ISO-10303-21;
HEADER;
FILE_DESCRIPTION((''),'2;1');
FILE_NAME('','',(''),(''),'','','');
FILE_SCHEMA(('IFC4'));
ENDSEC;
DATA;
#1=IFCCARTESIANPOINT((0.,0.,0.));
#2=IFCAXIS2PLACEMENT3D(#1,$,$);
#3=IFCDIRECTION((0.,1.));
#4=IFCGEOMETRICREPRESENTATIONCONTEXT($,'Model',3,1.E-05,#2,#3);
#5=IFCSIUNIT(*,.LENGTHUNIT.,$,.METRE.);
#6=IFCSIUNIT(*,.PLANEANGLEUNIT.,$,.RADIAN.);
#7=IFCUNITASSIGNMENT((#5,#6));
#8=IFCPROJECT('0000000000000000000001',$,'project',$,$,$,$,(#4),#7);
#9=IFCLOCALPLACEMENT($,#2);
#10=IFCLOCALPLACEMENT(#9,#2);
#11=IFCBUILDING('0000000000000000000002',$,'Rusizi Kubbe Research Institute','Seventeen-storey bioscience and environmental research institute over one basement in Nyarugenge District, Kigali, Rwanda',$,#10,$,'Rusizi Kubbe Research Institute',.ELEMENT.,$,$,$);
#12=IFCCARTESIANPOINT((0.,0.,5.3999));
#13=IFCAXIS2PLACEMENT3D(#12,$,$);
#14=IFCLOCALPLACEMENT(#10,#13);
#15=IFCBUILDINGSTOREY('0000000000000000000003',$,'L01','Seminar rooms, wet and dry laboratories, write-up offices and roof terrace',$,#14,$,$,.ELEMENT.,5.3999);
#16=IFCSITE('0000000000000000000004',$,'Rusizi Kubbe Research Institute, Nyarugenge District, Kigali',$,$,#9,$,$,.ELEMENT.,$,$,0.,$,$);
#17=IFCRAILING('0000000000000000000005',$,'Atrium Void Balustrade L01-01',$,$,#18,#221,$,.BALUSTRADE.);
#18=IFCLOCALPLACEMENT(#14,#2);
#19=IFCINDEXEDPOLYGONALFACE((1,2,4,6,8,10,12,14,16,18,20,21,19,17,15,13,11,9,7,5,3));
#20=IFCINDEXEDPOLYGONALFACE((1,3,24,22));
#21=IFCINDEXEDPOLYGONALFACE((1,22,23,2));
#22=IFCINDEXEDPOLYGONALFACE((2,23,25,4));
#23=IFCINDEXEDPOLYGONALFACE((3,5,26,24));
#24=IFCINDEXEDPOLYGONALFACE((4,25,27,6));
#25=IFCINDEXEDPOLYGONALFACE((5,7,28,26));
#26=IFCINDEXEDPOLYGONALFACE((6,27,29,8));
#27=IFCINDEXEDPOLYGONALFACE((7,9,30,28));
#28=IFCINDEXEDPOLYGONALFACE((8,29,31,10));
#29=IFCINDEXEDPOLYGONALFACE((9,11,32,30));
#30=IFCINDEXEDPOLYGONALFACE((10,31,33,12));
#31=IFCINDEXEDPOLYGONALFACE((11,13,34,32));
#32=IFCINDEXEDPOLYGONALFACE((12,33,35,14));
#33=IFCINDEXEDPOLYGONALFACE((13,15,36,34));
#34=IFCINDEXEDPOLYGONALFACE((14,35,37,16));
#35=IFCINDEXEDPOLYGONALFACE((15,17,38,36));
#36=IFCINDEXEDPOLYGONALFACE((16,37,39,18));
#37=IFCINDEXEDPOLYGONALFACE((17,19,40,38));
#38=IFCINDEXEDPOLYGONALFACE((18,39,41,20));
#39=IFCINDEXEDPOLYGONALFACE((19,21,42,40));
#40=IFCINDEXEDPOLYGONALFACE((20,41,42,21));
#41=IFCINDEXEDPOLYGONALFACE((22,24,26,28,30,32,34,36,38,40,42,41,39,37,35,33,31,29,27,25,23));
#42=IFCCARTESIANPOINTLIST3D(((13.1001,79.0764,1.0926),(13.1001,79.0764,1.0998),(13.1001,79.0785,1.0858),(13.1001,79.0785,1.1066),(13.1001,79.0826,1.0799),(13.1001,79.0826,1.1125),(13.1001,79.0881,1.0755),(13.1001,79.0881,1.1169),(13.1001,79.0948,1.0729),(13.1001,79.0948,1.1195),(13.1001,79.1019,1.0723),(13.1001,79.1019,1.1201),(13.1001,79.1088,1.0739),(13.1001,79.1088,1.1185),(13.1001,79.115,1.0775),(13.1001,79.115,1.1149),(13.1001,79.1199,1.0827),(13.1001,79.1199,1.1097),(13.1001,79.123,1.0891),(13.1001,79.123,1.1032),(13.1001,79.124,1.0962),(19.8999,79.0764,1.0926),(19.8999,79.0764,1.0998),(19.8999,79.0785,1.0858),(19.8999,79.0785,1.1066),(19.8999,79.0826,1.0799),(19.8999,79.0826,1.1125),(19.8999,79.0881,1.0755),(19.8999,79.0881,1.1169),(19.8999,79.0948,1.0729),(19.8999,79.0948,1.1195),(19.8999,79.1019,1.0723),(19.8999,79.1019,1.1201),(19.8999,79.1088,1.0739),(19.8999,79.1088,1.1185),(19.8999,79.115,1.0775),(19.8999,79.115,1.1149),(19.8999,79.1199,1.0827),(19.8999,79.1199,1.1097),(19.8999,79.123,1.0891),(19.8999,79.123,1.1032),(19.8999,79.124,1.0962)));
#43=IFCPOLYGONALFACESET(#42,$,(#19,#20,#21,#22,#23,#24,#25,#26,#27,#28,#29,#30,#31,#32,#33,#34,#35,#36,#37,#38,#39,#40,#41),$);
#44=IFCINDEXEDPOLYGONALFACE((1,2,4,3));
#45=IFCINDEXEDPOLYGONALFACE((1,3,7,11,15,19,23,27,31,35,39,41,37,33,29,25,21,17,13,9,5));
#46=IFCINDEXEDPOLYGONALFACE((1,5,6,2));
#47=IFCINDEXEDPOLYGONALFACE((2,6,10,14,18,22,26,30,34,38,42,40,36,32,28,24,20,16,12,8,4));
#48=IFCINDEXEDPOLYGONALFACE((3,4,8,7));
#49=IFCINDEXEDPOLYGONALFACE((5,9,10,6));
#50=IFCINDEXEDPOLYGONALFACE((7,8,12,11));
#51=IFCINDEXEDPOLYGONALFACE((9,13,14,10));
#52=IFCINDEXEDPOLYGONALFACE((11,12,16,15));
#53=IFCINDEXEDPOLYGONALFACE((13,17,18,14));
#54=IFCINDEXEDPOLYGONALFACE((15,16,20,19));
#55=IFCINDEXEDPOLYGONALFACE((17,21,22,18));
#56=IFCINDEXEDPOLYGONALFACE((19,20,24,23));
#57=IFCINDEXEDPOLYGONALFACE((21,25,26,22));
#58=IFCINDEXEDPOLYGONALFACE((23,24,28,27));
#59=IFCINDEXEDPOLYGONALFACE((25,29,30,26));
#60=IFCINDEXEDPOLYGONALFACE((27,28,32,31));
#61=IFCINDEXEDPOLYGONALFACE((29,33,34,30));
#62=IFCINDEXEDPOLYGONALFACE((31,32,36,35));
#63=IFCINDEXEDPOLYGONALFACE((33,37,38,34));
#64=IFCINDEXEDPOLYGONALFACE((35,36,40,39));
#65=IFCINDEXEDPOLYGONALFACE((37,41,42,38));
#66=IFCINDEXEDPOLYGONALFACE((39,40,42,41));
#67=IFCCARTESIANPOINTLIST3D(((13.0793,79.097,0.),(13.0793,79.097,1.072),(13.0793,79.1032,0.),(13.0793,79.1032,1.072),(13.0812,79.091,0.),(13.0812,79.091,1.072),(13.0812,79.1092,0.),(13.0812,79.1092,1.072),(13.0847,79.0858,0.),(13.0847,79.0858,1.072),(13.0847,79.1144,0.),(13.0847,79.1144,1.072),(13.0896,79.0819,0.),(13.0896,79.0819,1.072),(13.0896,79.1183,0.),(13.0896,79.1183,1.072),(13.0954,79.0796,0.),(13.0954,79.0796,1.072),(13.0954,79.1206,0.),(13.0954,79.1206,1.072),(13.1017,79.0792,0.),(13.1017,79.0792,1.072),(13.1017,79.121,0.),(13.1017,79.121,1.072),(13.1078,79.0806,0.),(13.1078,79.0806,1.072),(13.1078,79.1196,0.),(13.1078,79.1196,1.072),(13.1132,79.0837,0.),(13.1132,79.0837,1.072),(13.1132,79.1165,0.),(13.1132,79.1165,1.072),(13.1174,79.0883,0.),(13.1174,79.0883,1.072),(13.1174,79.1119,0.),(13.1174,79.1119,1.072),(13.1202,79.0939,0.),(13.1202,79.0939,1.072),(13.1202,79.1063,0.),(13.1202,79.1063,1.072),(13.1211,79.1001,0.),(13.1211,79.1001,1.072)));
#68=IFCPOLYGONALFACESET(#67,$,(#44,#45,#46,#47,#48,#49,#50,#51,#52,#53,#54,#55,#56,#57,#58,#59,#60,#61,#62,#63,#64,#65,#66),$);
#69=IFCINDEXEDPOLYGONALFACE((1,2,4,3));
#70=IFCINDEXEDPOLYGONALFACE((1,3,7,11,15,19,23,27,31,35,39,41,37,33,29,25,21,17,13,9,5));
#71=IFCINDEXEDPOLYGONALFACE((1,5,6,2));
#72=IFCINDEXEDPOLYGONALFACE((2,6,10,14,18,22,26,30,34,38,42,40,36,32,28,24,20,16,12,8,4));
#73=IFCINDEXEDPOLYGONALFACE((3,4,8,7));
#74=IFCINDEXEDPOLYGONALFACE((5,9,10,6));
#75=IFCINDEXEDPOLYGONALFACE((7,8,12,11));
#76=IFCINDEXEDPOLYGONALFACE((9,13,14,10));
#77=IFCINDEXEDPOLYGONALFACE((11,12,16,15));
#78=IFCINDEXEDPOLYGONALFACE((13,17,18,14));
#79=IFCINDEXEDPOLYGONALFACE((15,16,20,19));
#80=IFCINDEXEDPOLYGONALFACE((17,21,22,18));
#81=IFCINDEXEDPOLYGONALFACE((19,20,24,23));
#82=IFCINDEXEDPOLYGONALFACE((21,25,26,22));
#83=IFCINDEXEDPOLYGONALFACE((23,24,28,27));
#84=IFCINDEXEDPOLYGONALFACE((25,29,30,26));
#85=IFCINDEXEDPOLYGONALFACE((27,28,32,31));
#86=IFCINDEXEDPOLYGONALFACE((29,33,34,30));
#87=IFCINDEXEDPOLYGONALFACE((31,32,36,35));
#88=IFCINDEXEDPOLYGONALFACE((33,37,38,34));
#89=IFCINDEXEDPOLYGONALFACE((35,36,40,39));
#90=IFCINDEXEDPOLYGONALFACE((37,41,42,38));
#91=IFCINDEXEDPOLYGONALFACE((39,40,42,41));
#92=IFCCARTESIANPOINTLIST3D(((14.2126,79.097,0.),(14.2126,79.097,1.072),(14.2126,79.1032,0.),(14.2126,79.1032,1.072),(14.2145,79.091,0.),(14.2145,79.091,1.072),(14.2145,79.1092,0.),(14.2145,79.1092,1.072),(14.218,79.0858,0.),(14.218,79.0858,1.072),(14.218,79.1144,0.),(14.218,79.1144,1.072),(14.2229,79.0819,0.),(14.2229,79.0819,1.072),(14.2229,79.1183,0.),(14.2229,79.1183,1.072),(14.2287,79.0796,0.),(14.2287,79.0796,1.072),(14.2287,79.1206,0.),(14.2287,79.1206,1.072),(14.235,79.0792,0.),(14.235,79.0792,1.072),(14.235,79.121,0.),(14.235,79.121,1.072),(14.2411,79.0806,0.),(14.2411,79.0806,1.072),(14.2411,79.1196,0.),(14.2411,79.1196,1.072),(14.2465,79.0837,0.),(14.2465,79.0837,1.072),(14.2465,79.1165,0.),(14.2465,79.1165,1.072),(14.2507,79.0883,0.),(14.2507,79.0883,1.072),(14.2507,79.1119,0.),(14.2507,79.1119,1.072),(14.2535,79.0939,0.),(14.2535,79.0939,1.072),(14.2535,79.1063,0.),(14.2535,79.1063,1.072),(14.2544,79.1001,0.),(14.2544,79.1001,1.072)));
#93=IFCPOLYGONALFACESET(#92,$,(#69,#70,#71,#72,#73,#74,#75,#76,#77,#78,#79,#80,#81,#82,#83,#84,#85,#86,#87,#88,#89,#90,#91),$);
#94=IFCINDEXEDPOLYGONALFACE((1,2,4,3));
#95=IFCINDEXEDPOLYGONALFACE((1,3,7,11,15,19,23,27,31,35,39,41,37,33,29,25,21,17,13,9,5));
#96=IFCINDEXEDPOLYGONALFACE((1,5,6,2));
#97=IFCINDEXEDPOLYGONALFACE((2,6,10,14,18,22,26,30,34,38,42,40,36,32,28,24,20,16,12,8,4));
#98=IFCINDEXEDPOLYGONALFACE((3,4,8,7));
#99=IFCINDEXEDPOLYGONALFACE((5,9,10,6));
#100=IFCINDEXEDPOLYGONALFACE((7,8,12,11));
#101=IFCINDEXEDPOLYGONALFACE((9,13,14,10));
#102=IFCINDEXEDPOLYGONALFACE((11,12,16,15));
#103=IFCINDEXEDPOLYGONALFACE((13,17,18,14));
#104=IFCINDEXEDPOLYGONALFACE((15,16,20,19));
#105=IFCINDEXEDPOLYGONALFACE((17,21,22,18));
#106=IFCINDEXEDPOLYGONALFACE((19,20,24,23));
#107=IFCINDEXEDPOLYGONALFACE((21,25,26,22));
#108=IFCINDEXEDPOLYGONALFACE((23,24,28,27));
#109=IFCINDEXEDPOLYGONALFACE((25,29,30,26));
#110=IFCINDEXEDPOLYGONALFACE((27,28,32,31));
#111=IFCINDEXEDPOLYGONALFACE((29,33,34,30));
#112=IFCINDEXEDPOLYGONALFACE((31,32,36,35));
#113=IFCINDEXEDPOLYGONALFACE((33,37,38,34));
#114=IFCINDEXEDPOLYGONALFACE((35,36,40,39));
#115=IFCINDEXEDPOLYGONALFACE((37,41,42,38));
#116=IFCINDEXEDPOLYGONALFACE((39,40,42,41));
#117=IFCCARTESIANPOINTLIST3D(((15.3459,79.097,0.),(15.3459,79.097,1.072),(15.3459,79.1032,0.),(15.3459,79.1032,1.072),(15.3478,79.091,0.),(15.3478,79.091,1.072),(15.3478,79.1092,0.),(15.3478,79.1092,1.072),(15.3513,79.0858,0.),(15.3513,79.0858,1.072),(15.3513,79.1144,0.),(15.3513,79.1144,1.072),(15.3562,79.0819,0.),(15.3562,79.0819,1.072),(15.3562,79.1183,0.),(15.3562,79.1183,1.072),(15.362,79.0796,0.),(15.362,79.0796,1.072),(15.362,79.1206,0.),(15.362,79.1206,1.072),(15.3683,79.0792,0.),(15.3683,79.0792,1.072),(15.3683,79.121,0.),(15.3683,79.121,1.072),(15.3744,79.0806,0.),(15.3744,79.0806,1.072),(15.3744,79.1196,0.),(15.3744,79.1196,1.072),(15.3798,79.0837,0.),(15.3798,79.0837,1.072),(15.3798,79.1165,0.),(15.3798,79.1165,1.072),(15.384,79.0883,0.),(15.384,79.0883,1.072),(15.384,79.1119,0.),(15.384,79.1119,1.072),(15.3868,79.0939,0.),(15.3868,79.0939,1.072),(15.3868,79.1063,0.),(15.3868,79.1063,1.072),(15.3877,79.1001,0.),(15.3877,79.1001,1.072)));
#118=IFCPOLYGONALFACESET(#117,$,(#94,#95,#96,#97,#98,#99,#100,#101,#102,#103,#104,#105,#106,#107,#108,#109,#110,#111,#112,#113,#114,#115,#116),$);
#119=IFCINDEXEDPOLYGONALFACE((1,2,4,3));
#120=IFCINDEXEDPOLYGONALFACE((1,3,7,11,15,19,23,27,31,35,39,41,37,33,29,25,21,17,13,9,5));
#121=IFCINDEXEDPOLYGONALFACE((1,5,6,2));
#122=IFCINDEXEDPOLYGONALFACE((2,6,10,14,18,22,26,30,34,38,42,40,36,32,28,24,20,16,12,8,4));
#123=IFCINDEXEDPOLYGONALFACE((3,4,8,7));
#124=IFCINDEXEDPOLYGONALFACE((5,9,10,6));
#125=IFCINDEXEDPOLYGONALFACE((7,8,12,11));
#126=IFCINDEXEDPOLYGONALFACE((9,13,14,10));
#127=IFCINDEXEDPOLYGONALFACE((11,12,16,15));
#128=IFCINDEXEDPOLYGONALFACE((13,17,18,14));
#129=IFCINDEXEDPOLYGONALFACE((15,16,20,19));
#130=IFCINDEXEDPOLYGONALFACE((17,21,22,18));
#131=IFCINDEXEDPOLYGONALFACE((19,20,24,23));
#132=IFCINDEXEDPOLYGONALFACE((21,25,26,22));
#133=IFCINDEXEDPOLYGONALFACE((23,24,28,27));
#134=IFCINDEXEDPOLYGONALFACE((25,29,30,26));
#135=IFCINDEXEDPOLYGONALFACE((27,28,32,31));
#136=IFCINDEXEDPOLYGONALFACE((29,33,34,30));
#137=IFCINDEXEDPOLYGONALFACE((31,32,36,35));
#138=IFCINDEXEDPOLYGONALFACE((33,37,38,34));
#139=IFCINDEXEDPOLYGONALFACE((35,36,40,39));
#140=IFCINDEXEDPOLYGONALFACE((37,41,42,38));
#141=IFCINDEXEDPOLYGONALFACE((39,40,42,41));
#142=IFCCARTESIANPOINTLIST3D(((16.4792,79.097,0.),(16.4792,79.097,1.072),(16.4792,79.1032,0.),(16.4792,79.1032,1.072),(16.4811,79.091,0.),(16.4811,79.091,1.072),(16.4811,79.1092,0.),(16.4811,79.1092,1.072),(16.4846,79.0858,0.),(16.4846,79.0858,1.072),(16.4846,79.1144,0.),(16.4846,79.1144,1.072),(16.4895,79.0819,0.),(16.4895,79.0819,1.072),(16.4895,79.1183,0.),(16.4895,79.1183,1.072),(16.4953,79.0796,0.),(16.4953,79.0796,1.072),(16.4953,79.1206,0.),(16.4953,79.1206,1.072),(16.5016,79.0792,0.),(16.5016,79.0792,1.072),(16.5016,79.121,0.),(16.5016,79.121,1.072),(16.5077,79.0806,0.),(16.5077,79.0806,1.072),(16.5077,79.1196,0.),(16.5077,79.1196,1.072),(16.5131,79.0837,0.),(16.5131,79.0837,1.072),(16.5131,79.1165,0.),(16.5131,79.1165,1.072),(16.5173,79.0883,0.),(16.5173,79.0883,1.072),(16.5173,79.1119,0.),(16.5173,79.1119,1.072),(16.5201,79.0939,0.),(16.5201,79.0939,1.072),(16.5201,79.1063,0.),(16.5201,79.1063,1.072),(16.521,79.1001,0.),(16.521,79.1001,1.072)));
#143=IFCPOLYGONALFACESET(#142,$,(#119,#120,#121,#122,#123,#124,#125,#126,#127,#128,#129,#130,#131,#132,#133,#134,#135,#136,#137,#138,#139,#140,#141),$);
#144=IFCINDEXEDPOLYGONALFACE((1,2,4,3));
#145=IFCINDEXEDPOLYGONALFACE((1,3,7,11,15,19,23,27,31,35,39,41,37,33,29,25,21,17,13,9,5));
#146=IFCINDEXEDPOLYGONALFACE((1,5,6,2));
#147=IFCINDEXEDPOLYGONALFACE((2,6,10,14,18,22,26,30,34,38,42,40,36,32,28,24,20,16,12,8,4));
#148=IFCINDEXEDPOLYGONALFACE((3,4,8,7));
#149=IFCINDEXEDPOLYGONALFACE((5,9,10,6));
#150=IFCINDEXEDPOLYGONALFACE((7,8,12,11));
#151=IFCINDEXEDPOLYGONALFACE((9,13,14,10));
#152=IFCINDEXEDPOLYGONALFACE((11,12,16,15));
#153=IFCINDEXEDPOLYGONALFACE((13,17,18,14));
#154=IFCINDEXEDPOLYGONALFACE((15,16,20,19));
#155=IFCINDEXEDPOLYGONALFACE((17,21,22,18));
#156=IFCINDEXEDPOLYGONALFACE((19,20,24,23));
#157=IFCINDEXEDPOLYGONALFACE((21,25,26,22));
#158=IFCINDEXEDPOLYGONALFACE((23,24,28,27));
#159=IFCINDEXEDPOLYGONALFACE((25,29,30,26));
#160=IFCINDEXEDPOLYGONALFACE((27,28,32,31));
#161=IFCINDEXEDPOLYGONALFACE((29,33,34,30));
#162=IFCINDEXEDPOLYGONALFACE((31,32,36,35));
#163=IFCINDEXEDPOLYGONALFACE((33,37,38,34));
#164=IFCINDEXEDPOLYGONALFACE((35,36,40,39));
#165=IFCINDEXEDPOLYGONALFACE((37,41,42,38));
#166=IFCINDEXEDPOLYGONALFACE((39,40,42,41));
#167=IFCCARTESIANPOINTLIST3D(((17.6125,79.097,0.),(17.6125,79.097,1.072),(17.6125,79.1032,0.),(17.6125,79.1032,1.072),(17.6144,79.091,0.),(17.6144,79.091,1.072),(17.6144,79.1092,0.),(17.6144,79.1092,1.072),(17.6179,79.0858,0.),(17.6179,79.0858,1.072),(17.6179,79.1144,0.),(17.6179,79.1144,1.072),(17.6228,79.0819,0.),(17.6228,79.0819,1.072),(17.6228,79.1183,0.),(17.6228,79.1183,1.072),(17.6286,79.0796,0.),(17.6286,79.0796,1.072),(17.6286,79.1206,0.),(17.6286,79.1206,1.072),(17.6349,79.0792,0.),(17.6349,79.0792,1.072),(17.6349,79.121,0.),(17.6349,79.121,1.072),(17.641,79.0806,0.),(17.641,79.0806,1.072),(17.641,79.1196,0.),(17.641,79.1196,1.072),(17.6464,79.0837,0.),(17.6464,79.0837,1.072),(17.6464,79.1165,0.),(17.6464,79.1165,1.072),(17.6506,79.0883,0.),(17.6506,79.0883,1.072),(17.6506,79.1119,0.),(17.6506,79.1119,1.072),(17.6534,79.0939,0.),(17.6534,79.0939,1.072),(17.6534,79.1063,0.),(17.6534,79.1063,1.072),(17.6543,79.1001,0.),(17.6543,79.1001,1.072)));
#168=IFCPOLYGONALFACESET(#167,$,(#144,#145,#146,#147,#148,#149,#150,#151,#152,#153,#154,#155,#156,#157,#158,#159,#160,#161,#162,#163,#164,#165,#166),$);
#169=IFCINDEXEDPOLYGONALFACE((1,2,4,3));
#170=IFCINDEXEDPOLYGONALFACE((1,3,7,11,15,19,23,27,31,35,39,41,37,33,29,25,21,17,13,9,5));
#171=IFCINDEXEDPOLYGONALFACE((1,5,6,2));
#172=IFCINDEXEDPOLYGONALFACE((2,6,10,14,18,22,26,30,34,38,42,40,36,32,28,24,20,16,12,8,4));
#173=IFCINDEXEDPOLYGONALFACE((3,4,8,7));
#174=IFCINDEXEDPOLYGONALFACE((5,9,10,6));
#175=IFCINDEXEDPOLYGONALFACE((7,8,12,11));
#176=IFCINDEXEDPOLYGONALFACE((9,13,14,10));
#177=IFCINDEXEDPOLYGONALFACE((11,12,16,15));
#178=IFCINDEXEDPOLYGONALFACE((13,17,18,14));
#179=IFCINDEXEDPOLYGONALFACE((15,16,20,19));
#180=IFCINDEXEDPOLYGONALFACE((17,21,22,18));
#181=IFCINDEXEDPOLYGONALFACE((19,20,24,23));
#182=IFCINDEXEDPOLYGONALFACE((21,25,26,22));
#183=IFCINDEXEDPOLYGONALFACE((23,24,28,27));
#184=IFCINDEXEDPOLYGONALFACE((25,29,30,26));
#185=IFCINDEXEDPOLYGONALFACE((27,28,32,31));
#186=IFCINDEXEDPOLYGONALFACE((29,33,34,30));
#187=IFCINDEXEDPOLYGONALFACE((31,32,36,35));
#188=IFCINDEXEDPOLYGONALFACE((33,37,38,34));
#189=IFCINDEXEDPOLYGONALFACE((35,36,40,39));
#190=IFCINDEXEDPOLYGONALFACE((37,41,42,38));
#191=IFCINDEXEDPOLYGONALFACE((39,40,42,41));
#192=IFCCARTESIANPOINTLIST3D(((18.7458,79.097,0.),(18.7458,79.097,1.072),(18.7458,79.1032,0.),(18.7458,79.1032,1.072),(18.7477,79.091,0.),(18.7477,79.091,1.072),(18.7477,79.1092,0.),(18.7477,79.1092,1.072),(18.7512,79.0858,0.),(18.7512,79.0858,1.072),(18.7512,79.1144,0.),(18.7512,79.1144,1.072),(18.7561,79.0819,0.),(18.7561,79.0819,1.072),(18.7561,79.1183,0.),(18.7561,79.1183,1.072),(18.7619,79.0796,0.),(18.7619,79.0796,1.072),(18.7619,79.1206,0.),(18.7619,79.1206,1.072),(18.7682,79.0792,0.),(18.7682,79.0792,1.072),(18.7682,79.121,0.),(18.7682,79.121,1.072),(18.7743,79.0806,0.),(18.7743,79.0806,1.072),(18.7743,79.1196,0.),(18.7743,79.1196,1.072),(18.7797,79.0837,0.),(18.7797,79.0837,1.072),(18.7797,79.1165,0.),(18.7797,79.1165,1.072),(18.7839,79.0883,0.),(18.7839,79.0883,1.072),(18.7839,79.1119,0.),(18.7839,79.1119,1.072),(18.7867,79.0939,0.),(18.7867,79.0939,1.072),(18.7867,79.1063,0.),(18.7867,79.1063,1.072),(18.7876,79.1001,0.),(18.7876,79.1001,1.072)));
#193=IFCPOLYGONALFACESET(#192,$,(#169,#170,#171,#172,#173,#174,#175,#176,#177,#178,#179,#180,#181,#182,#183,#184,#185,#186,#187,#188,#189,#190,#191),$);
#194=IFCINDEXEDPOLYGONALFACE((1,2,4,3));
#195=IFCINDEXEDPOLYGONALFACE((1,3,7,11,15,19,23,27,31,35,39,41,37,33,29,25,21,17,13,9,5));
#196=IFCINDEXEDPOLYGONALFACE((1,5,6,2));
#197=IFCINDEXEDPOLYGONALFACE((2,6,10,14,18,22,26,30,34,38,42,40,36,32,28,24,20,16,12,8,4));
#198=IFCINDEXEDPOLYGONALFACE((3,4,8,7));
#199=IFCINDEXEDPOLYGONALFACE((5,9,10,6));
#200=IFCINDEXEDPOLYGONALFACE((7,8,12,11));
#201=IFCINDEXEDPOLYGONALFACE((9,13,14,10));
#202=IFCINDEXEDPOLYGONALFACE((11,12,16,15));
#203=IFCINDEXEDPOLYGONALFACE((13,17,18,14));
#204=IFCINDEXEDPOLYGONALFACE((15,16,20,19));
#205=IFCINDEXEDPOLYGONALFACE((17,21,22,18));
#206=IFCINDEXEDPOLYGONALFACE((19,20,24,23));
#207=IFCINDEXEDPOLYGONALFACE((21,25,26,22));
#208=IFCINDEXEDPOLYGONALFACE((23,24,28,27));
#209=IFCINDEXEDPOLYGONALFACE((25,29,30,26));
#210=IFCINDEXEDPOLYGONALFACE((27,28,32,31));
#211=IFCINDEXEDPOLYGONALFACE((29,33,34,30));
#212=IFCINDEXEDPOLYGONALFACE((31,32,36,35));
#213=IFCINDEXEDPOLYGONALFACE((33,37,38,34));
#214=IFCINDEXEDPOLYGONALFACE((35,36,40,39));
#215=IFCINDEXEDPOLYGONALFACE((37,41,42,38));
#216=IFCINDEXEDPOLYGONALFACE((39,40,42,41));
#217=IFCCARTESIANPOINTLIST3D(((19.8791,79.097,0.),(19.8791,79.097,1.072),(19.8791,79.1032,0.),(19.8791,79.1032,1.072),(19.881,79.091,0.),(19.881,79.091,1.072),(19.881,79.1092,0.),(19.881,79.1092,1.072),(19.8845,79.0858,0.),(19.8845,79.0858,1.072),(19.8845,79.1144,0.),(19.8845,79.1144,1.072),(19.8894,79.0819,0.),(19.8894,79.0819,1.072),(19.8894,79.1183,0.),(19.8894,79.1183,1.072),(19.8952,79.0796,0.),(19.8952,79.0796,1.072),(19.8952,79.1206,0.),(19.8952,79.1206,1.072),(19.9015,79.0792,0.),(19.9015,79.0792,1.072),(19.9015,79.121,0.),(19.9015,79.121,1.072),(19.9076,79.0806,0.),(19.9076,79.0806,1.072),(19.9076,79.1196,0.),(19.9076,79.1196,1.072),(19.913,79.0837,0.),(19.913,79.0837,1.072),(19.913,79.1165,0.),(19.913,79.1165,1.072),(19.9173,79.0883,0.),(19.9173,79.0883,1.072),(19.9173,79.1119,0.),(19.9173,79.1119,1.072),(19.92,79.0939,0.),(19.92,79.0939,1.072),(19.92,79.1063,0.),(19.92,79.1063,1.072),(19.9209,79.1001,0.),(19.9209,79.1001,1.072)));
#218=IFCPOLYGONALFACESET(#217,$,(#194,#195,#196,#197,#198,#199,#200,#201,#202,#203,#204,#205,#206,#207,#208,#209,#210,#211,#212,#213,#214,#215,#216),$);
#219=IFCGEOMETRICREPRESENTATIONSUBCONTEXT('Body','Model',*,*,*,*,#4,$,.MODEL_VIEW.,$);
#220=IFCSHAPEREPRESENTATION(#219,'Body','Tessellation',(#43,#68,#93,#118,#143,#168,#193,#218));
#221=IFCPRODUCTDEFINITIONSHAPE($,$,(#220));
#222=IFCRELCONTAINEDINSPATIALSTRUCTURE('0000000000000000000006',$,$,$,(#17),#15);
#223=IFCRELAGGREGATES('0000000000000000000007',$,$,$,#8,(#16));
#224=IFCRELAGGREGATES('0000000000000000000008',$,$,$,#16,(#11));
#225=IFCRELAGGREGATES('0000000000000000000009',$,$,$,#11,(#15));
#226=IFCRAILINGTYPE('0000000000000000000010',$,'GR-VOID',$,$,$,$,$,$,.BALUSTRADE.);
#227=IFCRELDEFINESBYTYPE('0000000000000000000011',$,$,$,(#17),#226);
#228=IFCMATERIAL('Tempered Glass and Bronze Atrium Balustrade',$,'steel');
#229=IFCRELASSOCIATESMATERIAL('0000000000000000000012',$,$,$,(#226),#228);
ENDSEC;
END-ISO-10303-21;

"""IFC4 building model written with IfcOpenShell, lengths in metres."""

from ifc_helpers import new_model, si_unit, direction, frame, origin, origin_2d, place, context, subcontext, project, spatial, circle, extrude, material, type_object, element, save


model = new_model("IFC4")

# Units and contexts
model_context = context("Model", 3, precision=1e-05, world=origin(), true_north=direction((0.0, 1.0)))
body_context = subcontext(model_context, "Body", "Model", "MODEL_VIEW")
ifc_project = project(units=[si_unit("LENGTHUNIT", "METRE"), si_unit("PLANEANGLEUNIT", "RADIAN")], contexts=[model_context])

# Site, building, storey
site_placement = place(None, origin())
site = spatial("IfcSite", under=ifc_project, at=site_placement, Name="Rusizi Kubbe Research Institute, Nyarugenge District, Kigali", CompositionType="ELEMENT", RefElevation=0.0)
building_placement = place(site_placement, origin())
building = spatial("IfcBuilding", under=site, at=building_placement, Name="Rusizi Kubbe Research Institute", Description="Seventeen-storey bioscience and environmental research institute over one basement in Nyarugenge District, Kigali, Rwanda", LongName="Rusizi Kubbe Research Institute", CompositionType="ELEMENT")
storey_placement = place(building_placement, frame((0.0, 0.0, 5.3999)))
storey = spatial("IfcBuildingStorey", under=building, at=storey_placement, Name="L01", Description="Seminar rooms, wet and dry laboratories, write-up offices and roof terrace", CompositionType="ELEMENT", Elevation=5.3999)

# Railing
ifc_material_1 = material(Name="Tempered Glass and Bronze Atrium Balustrade", Category="steel")
railing_type = type_object("IfcRailingType", Name="GR-VOID", PredefinedType="BALUSTRADE", material=ifc_material_1)
railing_1_placement = place(storey_placement, frame((13.1001, 79.1001, 0.0)))
element("IfcRailing", 1, at=railing_1_placement, inside=storey, type_object=railing_type, Name="Atrium Void Balustrade L01-01", PredefinedType="BALUSTRADE", context=body_context, shape_type="SweptSolid", body=[
    extrude(circle(Radius=0.0239, at=origin_2d()), frame((0.0, 0.0, 1.0962), z_axis=(1.0, 0.0, 0.0), x_axis=(0.0, 1.0, 0.0)), (0.0, 0.0, 1.0), 6.7998),
    extrude(circle(Radius=0.021, at=origin_2d()), origin(), (0.0, 0.0, 1.0), 1.072),
    extrude(circle(Radius=0.021, at=origin_2d()), frame((1.1333, 0.0, 0.0)), (0.0, 0.0, 1.0), 1.072),
    extrude(circle(Radius=0.021, at=origin_2d()), frame((2.2666, 0.0, 0.0)), (0.0, 0.0, 1.0), 1.072),
    extrude(circle(Radius=0.021, at=origin_2d()), frame((3.3999, 0.0, 0.0)), (0.0, 0.0, 1.0), 1.072),
    extrude(circle(Radius=0.021, at=origin_2d()), frame((4.5332, 0.0, 0.0)), (0.0, 0.0, 1.0), 1.072),
    extrude(circle(Radius=0.021, at=origin_2d()), frame((5.6665, 0.0, 0.0)), (0.0, 0.0, 1.0), 1.072),
    extrude(circle(Radius=0.021, at=origin_2d()), frame((6.7998, 0.0, 0.0)), (0.0, 0.0, 1.0), 1.072),
])

save(model, "model.ifc")
